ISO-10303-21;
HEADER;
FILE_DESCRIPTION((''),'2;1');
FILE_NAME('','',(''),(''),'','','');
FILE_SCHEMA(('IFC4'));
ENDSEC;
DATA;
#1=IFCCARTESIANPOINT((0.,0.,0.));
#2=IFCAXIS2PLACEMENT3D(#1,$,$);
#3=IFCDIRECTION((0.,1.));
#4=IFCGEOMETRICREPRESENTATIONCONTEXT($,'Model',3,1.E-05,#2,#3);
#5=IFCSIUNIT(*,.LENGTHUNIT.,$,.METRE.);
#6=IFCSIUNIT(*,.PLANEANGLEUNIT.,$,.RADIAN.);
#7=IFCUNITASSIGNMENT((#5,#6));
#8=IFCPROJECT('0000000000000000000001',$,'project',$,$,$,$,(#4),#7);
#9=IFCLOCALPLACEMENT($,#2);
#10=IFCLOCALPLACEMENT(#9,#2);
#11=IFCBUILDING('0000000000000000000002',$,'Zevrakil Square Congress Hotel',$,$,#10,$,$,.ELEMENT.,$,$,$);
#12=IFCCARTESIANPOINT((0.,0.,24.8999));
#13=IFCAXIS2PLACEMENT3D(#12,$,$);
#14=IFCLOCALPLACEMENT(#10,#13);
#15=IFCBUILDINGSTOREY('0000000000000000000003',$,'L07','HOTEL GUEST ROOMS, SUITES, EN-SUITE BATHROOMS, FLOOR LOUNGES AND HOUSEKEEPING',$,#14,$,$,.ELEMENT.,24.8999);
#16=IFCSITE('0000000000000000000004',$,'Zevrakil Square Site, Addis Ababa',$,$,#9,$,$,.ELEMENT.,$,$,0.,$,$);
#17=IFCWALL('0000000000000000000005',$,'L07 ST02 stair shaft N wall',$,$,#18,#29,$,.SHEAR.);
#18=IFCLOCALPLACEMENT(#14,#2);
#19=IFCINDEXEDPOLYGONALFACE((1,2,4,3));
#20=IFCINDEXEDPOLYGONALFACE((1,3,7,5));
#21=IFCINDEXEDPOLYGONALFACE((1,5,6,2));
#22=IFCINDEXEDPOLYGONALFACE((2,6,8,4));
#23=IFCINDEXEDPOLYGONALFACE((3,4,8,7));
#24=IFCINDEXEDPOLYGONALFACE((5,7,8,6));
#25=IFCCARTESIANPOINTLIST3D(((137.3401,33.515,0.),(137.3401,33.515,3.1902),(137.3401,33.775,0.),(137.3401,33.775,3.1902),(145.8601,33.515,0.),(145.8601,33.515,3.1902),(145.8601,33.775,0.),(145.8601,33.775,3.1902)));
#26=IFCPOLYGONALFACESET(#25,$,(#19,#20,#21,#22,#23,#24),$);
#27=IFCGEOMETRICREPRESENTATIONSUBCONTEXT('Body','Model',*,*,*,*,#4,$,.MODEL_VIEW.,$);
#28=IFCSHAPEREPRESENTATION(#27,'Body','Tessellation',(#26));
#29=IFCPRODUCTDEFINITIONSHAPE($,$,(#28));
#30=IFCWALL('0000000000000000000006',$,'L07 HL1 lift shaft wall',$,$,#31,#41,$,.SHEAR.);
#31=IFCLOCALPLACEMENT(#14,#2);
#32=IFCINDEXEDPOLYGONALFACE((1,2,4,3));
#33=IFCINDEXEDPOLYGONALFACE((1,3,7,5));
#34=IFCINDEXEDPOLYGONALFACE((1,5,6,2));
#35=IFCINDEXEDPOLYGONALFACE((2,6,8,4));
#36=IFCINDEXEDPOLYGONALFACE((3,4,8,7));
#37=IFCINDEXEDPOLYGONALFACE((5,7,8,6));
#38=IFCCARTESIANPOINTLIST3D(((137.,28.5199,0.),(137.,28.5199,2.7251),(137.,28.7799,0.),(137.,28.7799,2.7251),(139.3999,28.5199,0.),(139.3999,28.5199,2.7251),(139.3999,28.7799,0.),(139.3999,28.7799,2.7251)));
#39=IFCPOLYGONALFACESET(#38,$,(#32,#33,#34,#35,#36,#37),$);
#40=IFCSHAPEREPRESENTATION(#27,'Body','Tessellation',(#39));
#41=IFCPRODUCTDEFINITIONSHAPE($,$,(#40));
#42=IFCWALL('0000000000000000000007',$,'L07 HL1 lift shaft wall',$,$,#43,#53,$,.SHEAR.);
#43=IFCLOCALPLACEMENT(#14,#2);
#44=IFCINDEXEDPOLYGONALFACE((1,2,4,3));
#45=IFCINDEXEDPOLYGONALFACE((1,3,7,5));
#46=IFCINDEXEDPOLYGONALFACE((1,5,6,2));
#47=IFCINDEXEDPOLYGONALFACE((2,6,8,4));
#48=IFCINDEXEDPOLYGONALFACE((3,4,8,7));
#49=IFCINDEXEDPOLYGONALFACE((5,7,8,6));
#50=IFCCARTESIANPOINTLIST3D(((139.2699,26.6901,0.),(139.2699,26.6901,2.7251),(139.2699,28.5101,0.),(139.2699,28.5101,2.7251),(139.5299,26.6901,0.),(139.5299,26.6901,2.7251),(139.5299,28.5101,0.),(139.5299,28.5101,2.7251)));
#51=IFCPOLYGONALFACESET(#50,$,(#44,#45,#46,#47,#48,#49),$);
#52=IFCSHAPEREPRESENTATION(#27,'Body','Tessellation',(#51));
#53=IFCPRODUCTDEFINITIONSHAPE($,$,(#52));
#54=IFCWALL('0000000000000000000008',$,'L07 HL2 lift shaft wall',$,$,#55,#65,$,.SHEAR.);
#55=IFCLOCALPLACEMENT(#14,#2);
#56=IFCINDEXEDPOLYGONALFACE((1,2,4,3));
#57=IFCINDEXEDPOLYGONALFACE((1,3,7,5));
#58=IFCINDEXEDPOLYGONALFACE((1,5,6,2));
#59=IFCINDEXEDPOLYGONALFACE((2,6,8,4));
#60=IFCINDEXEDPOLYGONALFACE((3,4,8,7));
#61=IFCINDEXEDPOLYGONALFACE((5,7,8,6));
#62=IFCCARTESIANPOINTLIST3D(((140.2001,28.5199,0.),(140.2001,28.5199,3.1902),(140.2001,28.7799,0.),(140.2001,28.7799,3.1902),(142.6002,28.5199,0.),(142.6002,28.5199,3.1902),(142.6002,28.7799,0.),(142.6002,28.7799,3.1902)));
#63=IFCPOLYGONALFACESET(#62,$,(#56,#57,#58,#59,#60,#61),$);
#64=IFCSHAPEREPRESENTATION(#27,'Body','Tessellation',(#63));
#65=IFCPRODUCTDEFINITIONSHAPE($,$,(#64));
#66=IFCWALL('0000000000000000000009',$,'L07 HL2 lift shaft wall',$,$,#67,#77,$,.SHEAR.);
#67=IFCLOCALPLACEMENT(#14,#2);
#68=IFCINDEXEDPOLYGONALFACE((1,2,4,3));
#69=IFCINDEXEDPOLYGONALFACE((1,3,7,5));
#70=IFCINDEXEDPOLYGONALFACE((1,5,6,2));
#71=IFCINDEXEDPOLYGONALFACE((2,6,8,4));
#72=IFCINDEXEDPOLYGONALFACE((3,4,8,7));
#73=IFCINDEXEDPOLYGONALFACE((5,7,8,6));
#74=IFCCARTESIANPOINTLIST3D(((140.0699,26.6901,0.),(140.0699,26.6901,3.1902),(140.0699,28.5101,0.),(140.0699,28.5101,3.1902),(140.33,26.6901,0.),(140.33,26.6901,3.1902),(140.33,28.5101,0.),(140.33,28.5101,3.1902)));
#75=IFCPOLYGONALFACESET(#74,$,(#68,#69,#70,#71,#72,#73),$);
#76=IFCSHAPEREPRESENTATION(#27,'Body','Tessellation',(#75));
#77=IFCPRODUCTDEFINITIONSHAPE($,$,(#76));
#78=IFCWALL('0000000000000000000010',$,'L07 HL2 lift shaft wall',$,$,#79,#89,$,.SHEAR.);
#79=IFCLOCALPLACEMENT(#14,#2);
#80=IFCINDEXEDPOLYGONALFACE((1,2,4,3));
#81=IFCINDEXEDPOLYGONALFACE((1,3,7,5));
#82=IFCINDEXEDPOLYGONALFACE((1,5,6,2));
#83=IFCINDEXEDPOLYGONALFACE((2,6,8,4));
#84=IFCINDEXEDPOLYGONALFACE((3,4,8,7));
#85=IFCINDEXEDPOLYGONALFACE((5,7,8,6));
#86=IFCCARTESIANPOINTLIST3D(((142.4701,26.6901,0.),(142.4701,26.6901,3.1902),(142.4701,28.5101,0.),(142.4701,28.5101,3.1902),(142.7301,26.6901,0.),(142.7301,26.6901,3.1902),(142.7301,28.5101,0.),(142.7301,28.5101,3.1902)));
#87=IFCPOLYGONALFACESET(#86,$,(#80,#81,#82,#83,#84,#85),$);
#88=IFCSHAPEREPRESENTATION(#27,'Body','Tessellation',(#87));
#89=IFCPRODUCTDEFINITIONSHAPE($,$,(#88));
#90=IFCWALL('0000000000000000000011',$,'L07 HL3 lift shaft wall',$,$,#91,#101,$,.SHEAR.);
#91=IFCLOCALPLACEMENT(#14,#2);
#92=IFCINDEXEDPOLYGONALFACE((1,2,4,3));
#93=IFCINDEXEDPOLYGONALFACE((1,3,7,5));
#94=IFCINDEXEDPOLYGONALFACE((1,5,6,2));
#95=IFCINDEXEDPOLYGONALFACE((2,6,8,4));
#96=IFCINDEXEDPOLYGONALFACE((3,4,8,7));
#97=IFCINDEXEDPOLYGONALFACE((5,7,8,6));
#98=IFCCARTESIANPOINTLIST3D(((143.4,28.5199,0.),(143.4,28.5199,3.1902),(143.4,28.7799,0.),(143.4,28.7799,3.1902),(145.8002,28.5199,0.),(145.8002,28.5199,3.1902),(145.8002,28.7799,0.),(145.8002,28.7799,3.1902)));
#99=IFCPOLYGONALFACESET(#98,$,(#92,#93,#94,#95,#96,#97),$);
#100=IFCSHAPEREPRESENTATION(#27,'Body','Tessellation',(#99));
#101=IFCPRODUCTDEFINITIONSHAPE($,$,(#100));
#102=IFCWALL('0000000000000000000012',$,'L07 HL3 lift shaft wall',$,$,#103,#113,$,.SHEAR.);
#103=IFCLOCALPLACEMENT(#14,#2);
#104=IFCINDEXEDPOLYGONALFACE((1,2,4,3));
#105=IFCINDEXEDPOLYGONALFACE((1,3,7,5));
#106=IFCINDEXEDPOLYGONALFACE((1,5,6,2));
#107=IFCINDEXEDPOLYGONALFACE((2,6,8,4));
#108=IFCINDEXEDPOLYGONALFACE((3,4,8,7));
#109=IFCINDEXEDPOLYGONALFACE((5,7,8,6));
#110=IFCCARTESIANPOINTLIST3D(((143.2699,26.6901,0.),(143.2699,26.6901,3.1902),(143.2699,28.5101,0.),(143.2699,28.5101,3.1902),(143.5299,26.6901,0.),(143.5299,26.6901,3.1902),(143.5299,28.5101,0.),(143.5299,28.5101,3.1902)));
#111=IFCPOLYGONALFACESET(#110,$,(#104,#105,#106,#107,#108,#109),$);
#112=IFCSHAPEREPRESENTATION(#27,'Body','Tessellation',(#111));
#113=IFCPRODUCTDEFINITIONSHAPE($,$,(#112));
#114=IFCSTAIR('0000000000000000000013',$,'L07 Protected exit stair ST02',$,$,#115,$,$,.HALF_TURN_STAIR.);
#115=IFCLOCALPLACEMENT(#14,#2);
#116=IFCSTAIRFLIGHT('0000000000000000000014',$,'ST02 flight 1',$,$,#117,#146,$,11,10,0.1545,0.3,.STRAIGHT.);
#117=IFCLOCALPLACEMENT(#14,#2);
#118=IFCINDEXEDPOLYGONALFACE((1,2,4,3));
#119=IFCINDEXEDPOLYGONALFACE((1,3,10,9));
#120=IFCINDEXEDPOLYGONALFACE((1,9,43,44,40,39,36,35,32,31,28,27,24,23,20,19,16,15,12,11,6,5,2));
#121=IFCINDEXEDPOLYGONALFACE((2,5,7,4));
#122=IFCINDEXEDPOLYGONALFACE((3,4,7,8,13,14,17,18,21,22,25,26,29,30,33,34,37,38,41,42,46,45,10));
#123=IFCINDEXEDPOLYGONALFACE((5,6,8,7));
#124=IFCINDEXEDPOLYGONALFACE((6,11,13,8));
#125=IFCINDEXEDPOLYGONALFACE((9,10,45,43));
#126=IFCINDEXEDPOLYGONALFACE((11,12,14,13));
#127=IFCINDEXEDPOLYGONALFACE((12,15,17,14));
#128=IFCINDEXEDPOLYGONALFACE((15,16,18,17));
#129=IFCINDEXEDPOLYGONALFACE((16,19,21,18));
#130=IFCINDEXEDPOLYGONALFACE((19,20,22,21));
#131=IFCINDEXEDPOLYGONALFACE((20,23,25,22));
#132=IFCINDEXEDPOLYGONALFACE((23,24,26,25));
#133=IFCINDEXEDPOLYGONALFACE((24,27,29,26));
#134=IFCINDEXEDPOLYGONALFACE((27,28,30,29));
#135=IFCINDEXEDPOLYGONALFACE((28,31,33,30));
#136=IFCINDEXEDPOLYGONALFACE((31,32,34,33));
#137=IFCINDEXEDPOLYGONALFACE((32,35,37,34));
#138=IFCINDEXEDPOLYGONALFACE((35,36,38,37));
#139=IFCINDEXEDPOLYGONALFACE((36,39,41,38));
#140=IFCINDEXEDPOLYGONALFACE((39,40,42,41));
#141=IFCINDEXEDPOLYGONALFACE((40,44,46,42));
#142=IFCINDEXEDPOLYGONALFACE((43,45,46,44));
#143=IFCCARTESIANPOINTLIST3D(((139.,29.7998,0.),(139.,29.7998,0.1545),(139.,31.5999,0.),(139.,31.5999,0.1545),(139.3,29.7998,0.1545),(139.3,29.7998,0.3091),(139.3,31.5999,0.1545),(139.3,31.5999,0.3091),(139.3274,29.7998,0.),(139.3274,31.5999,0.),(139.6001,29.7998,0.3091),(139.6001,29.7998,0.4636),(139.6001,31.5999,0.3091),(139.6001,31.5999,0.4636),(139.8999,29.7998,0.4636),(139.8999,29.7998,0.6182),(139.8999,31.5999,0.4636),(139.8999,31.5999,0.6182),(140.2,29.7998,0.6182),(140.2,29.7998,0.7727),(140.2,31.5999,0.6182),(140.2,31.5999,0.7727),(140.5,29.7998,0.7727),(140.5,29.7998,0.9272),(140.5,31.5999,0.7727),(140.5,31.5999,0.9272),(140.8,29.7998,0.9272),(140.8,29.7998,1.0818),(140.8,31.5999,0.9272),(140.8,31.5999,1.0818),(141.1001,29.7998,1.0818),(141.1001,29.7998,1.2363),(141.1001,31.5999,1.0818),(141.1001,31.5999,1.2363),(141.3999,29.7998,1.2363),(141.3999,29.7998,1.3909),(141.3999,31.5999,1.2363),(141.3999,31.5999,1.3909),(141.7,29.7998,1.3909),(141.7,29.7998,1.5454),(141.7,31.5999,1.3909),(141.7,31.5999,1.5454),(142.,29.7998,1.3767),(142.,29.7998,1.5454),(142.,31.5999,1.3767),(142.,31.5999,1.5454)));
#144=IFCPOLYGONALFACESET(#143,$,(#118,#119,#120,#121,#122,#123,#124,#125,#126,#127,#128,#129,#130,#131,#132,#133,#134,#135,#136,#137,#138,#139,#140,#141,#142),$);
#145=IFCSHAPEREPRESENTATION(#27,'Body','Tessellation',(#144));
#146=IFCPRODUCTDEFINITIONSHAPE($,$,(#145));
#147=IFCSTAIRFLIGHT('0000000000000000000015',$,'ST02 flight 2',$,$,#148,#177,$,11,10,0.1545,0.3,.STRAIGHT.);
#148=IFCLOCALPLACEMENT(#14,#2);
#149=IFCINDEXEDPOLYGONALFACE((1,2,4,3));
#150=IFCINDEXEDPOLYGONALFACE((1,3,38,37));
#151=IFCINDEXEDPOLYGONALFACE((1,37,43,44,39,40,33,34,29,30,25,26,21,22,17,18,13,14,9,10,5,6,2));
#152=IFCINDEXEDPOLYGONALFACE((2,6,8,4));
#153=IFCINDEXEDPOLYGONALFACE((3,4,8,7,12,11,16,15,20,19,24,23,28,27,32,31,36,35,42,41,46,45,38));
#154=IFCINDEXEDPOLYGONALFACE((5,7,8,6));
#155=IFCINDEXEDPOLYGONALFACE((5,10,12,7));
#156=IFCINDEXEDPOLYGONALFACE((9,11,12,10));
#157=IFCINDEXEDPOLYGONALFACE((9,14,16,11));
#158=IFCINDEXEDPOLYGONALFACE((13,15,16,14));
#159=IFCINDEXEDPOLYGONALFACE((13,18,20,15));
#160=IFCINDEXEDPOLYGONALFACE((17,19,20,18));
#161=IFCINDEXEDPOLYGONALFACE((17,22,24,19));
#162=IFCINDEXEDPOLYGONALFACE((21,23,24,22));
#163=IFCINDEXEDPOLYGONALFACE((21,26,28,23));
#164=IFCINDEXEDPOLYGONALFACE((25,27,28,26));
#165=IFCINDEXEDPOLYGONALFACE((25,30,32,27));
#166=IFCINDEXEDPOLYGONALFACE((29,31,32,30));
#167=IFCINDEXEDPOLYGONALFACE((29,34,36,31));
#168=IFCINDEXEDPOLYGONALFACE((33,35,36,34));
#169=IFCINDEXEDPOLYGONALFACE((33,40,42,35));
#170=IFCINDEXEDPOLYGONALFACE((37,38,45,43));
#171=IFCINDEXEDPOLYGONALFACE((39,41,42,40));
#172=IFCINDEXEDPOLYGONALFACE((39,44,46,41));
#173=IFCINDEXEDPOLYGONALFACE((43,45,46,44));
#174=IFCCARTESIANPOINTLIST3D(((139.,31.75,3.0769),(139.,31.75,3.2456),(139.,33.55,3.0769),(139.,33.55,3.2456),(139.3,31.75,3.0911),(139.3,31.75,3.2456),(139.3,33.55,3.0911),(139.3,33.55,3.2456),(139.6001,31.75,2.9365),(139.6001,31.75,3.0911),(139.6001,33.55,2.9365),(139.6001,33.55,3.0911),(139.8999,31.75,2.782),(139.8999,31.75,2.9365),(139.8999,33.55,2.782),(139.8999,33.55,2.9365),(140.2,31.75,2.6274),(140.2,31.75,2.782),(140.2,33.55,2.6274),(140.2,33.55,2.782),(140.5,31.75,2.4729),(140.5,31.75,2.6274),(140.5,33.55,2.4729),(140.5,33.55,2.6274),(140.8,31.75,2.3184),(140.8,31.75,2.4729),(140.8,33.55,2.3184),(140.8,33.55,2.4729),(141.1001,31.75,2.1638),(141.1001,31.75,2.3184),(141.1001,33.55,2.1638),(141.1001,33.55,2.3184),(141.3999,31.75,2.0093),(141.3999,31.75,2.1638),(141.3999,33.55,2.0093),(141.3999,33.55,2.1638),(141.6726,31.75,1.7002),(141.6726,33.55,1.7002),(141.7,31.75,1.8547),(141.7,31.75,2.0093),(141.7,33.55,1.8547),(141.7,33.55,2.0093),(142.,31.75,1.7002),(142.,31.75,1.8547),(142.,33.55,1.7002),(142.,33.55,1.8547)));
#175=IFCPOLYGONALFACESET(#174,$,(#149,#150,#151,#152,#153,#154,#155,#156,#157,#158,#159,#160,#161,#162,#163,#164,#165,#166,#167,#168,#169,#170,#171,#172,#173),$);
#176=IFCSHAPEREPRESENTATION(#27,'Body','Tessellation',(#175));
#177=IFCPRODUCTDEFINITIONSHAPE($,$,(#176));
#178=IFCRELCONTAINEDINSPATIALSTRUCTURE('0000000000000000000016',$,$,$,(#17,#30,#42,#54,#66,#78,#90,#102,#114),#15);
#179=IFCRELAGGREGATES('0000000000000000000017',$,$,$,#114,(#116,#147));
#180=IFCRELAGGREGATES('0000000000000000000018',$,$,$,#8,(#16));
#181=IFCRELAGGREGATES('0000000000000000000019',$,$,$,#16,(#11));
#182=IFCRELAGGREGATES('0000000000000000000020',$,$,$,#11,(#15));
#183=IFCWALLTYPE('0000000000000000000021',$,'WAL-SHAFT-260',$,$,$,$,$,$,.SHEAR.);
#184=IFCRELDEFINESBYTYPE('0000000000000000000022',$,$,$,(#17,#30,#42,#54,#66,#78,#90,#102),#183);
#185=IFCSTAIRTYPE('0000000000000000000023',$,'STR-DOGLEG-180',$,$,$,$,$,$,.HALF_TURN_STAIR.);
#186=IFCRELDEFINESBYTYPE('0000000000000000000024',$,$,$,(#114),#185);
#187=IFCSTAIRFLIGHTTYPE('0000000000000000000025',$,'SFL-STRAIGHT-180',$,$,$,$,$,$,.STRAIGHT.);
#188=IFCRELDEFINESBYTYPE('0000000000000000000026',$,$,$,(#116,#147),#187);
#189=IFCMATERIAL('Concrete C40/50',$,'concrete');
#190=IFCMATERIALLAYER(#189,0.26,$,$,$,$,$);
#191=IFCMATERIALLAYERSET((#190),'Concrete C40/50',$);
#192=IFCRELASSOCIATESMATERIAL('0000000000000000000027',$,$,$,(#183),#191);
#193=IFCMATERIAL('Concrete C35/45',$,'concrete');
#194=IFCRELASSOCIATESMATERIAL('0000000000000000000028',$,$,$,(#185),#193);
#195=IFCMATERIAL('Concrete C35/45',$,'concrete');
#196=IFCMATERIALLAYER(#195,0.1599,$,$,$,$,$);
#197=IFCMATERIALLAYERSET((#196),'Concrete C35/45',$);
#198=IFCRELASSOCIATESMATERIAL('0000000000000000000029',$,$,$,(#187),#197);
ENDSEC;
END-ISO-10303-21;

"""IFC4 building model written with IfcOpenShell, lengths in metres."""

from ifc_helpers import new_model, si_unit, direction, frame, frame_2d, origin, place, context, subcontext, project, spatial, polyline, rectangle, outline, extrude, material, layer, layer_set, type_object, element, aggregate, save


model = new_model("IFC4")

# Units and contexts
model_context = context("Model", 3, precision=1e-05, world=origin(), true_north=direction((0.0, 1.0)))
body_context = subcontext(model_context, "Body", "Model", "MODEL_VIEW")
ifc_project = project(units=[si_unit("LENGTHUNIT", "METRE"), si_unit("PLANEANGLEUNIT", "RADIAN")], contexts=[model_context])

# Site, building, storey
site_placement = place(None, origin())
site = spatial("IfcSite", under=ifc_project, at=site_placement, Name="Zevrakil Square Site, Addis Ababa", CompositionType="ELEMENT", RefElevation=0.0)
building_placement = place(site_placement, origin())
building = spatial("IfcBuilding", under=site, at=building_placement, Name="Zevrakil Square Congress Hotel", CompositionType="ELEMENT")
storey_placement = place(building_placement, frame((0.0, 0.0, 24.8999)))
storey = spatial("IfcBuildingStorey", under=building, at=storey_placement, Name="L07", Description="HOTEL GUEST ROOMS, SUITES, EN-SUITE BATHROOMS, FLOOR LOUNGES AND HOUSEKEEPING", CompositionType="ELEMENT", Elevation=24.8999)

# Shared definitions
ifc_material_1 = material(Name="Concrete C40/50", Category="concrete")
ifc_layer_1 = layer(ifc_material_1, 0.26)
ifc_layer_set_1 = layer_set([ifc_layer_1], Name="Concrete C40/50")
wall_type_1 = type_object("IfcWallType", Name="WAL-SHAFT-260", PredefinedType="SHEAR", material=ifc_layer_set_1)

# Walls
for number, where, z_axis, x_axis, name in (
    (1, (137.3401, 33.645, 0.0), (0.0, 0.0, 1.0), (1.0, 0.0, 0.0), "L07 ST02 stair shaft N wall"),
):
    element("IfcWall", number, at=place(storey_placement, frame(where, z_axis=z_axis, x_axis=x_axis)), inside=storey, type_object=wall_type_1, Name=name, PredefinedType="SHEAR", context=body_context, shape_type="SweptSolid", body=[
        extrude(rectangle(XDim=8.52, YDim=0.26, at=frame_2d((4.26, 0.0))), origin(), (0.0, 0.0, 1.0), 3.1902),
    ])
wall_1_placement = place(storey_placement, frame((137.0, 28.6499, 0.0), z_axis=(0.0, 0.0, 1.0), x_axis=(1.0, 0.0, 0.0)))
element("IfcWall", 2, at=wall_1_placement, inside=storey, type_object=wall_type_1, Name="L07 HL1 lift shaft wall", PredefinedType="SHEAR", context=body_context, shape_type="SweptSolid", body=[
    extrude(rectangle(XDim=2.3999, YDim=0.26, at=frame_2d((1.2, 0.0))), origin(), (0.0, 0.0, 1.0), 2.7251),
])
wall_2_placement = place(storey_placement, frame((139.3999, 26.6899, 0.0), z_axis=(0.0, 0.0, 1.0), x_axis=(0.0, 1.0, 0.0)))
element("IfcWall", 3, at=wall_2_placement, inside=storey, type_object=wall_type_1, Name="L07 HL1 lift shaft wall", PredefinedType="SHEAR", context=body_context, shape_type="SweptSolid", body=[
    extrude(rectangle(XDim=1.8201, YDim=0.26, at=frame_2d((0.9102, 0.0))), origin(), (0.0, 0.0, 1.0), 2.7251),
])
wall_3_placement = place(storey_placement, frame((140.2, 28.6499, 0.0), z_axis=(0.0, 0.0, 1.0), x_axis=(1.0, 0.0, 0.0)))
element("IfcWall", 4, at=wall_3_placement, inside=storey, type_object=wall_type_1, Name="L07 HL2 lift shaft wall", PredefinedType="SHEAR", context=body_context, shape_type="SweptSolid", body=[
    extrude(rectangle(XDim=2.4001, YDim=0.26, at=frame_2d((1.2002, 0.0))), origin(), (0.0, 0.0, 1.0), 3.1902),
])
for number, where, z_axis, x_axis, name in (
    (5, (140.2, 26.6899, 0.0), (0.0, 0.0, 1.0), (0.0, 1.0, 0.0), "L07 HL2 lift shaft wall"),
    (6, (142.6001, 26.6899, 0.0), (0.0, 0.0, 1.0), (0.0, 1.0, 0.0), "L07 HL2 lift shaft wall"),
):
    element("IfcWall", number, at=place(storey_placement, frame(where, z_axis=z_axis, x_axis=x_axis)), inside=storey, type_object=wall_type_1, Name=name, PredefinedType="SHEAR", context=body_context, shape_type="SweptSolid", body=[
        extrude(rectangle(XDim=1.8201, YDim=0.26, at=frame_2d((0.9102, 0.0))), origin(), (0.0, 0.0, 1.0), 3.1902),
    ])
wall_4_placement = place(storey_placement, frame((143.3999, 28.6499, 0.0), z_axis=(0.0, 0.0, 1.0), x_axis=(1.0, 0.0, 0.0)))
element("IfcWall", 7, at=wall_4_placement, inside=storey, type_object=wall_type_1, Name="L07 HL3 lift shaft wall", PredefinedType="SHEAR", context=body_context, shape_type="SweptSolid", body=[
    extrude(rectangle(XDim=2.4001, YDim=0.26, at=frame_2d((1.2002, 0.0))), origin(), (0.0, 0.0, 1.0), 3.1902),
])
wall_5_placement = place(storey_placement, frame((143.3999, 26.6899, 0.0), z_axis=(0.0, 0.0, 1.0), x_axis=(0.0, 1.0, 0.0)))
element("IfcWall", 8, at=wall_5_placement, inside=storey, type_object=wall_type_1, Name="L07 HL3 lift shaft wall", PredefinedType="SHEAR", context=body_context, shape_type="SweptSolid", body=[
    extrude(rectangle(XDim=1.8201, YDim=0.26, at=frame_2d((0.9102, 0.0))), origin(), (0.0, 0.0, 1.0), 3.1902),
])

# Stair, stair flights
ifc_material_2 = material(Name="Concrete C35/45", Category="concrete")
stair_type = type_object("IfcStairType", Name="STR-DOGLEG-180", PredefinedType="HALF_TURN_STAIR", material=ifc_material_2)
stair_placement = place(storey_placement, origin())
stair = element("IfcStair", 9, at=stair_placement, inside=storey, type_object=stair_type, Name="L07 Protected exit stair ST02", PredefinedType="HALF_TURN_STAIR")
ifc_material_3 = material(Name="Concrete C35/45", Category="concrete")
ifc_layer_2 = layer(ifc_material_3, 0.1599)
ifc_layer_set_2 = layer_set([ifc_layer_2], Name="Concrete C35/45")
stair_flight_type = type_object("IfcStairFlightType", Name="SFL-STRAIGHT-180", PredefinedType="STRAIGHT", material=ifc_layer_set_2)
stair_flight_1_placement = place(storey_placement, frame((139.0, 30.7, 0.0), z_axis=(0.0, 0.0, 1.0), x_axis=(1.0, 0.0, 0.0)))
stair_flight_1 = element("IfcStairFlight", 10, at=stair_flight_1_placement, type_object=stair_flight_type, Name="ST02 flight 1", NumberOfRisers=11, NumberOfTreads=10, PredefinedType="STRAIGHT", RiserHeight=0.1545, TreadLength=0.3, context=body_context, shape_type="SweptSolid", body=[
    extrude(outline(polyline([(0.0, 0.0), (0.0, 0.1545), (0.3, 0.1545), (0.3, 0.3091), (0.6001, 0.3091), (0.6001, 0.4636), (0.8999, 0.4636), (0.8999, 0.6182), (1.2, 0.6182), (1.2, 0.7727), (1.5, 0.7727), (1.5, 0.9272), (1.8, 0.9272), (1.8, 1.0818), (2.1001, 1.0818), (2.1001, 1.2363), (2.3999, 1.2363), (2.3999, 1.3909), (2.7, 1.3909), (2.7, 1.5454), (3.0, 1.5454), (3.0, 1.7), (3.0, 1.3767), (0.3274, 0.0), (0.0, 0.0)])), frame((0.0, 0.8999, 0.0), z_axis=(0.0, -1.0, 0.0), x_axis=(1.0, 0.0, 0.0)), (0.0, 0.0, 1.0), 1.8),
])
stair_flight_2_placement = place(storey_placement, frame((142.0, 32.6499, 1.7002), z_axis=(0.0, 0.0, 1.0), x_axis=(-1.0, 0.0, 0.0)))
stair_flight_2 = element("IfcStairFlight", 11, at=stair_flight_2_placement, type_object=stair_flight_type, Name="ST02 flight 2", NumberOfRisers=11, NumberOfTreads=10, PredefinedType="STRAIGHT", RiserHeight=0.1545, TreadLength=0.3, context=body_context, shape_type="SweptSolid", body=[
    extrude(outline(polyline([(0.0, 0.0), (0.0, 0.1545), (0.3, 0.1545), (0.3, 0.3091), (0.6001, 0.3091), (0.6001, 0.4636), (0.8999, 0.4636), (0.8999, 0.6182), (1.2, 0.6182), (1.2, 0.7727), (1.5, 0.7727), (1.5, 0.9272), (1.8, 0.9272), (1.8, 1.0818), (2.1001, 1.0818), (2.1001, 1.2363), (2.3999, 1.2363), (2.3999, 1.3909), (2.7, 1.3909), (2.7, 1.5454), (3.0, 1.5454), (3.0, 1.7), (3.0, 1.3767), (0.3274, 0.0), (0.0, 0.0)])), frame((0.0, 0.8999, 0.0), z_axis=(0.0, -1.0, 0.0), x_axis=(1.0, 0.0, 0.0)), (0.0, 0.0, 1.0), 1.8),
])
aggregate(stair, [stair_flight_1, stair_flight_2])

save(model, "model.ifc")
